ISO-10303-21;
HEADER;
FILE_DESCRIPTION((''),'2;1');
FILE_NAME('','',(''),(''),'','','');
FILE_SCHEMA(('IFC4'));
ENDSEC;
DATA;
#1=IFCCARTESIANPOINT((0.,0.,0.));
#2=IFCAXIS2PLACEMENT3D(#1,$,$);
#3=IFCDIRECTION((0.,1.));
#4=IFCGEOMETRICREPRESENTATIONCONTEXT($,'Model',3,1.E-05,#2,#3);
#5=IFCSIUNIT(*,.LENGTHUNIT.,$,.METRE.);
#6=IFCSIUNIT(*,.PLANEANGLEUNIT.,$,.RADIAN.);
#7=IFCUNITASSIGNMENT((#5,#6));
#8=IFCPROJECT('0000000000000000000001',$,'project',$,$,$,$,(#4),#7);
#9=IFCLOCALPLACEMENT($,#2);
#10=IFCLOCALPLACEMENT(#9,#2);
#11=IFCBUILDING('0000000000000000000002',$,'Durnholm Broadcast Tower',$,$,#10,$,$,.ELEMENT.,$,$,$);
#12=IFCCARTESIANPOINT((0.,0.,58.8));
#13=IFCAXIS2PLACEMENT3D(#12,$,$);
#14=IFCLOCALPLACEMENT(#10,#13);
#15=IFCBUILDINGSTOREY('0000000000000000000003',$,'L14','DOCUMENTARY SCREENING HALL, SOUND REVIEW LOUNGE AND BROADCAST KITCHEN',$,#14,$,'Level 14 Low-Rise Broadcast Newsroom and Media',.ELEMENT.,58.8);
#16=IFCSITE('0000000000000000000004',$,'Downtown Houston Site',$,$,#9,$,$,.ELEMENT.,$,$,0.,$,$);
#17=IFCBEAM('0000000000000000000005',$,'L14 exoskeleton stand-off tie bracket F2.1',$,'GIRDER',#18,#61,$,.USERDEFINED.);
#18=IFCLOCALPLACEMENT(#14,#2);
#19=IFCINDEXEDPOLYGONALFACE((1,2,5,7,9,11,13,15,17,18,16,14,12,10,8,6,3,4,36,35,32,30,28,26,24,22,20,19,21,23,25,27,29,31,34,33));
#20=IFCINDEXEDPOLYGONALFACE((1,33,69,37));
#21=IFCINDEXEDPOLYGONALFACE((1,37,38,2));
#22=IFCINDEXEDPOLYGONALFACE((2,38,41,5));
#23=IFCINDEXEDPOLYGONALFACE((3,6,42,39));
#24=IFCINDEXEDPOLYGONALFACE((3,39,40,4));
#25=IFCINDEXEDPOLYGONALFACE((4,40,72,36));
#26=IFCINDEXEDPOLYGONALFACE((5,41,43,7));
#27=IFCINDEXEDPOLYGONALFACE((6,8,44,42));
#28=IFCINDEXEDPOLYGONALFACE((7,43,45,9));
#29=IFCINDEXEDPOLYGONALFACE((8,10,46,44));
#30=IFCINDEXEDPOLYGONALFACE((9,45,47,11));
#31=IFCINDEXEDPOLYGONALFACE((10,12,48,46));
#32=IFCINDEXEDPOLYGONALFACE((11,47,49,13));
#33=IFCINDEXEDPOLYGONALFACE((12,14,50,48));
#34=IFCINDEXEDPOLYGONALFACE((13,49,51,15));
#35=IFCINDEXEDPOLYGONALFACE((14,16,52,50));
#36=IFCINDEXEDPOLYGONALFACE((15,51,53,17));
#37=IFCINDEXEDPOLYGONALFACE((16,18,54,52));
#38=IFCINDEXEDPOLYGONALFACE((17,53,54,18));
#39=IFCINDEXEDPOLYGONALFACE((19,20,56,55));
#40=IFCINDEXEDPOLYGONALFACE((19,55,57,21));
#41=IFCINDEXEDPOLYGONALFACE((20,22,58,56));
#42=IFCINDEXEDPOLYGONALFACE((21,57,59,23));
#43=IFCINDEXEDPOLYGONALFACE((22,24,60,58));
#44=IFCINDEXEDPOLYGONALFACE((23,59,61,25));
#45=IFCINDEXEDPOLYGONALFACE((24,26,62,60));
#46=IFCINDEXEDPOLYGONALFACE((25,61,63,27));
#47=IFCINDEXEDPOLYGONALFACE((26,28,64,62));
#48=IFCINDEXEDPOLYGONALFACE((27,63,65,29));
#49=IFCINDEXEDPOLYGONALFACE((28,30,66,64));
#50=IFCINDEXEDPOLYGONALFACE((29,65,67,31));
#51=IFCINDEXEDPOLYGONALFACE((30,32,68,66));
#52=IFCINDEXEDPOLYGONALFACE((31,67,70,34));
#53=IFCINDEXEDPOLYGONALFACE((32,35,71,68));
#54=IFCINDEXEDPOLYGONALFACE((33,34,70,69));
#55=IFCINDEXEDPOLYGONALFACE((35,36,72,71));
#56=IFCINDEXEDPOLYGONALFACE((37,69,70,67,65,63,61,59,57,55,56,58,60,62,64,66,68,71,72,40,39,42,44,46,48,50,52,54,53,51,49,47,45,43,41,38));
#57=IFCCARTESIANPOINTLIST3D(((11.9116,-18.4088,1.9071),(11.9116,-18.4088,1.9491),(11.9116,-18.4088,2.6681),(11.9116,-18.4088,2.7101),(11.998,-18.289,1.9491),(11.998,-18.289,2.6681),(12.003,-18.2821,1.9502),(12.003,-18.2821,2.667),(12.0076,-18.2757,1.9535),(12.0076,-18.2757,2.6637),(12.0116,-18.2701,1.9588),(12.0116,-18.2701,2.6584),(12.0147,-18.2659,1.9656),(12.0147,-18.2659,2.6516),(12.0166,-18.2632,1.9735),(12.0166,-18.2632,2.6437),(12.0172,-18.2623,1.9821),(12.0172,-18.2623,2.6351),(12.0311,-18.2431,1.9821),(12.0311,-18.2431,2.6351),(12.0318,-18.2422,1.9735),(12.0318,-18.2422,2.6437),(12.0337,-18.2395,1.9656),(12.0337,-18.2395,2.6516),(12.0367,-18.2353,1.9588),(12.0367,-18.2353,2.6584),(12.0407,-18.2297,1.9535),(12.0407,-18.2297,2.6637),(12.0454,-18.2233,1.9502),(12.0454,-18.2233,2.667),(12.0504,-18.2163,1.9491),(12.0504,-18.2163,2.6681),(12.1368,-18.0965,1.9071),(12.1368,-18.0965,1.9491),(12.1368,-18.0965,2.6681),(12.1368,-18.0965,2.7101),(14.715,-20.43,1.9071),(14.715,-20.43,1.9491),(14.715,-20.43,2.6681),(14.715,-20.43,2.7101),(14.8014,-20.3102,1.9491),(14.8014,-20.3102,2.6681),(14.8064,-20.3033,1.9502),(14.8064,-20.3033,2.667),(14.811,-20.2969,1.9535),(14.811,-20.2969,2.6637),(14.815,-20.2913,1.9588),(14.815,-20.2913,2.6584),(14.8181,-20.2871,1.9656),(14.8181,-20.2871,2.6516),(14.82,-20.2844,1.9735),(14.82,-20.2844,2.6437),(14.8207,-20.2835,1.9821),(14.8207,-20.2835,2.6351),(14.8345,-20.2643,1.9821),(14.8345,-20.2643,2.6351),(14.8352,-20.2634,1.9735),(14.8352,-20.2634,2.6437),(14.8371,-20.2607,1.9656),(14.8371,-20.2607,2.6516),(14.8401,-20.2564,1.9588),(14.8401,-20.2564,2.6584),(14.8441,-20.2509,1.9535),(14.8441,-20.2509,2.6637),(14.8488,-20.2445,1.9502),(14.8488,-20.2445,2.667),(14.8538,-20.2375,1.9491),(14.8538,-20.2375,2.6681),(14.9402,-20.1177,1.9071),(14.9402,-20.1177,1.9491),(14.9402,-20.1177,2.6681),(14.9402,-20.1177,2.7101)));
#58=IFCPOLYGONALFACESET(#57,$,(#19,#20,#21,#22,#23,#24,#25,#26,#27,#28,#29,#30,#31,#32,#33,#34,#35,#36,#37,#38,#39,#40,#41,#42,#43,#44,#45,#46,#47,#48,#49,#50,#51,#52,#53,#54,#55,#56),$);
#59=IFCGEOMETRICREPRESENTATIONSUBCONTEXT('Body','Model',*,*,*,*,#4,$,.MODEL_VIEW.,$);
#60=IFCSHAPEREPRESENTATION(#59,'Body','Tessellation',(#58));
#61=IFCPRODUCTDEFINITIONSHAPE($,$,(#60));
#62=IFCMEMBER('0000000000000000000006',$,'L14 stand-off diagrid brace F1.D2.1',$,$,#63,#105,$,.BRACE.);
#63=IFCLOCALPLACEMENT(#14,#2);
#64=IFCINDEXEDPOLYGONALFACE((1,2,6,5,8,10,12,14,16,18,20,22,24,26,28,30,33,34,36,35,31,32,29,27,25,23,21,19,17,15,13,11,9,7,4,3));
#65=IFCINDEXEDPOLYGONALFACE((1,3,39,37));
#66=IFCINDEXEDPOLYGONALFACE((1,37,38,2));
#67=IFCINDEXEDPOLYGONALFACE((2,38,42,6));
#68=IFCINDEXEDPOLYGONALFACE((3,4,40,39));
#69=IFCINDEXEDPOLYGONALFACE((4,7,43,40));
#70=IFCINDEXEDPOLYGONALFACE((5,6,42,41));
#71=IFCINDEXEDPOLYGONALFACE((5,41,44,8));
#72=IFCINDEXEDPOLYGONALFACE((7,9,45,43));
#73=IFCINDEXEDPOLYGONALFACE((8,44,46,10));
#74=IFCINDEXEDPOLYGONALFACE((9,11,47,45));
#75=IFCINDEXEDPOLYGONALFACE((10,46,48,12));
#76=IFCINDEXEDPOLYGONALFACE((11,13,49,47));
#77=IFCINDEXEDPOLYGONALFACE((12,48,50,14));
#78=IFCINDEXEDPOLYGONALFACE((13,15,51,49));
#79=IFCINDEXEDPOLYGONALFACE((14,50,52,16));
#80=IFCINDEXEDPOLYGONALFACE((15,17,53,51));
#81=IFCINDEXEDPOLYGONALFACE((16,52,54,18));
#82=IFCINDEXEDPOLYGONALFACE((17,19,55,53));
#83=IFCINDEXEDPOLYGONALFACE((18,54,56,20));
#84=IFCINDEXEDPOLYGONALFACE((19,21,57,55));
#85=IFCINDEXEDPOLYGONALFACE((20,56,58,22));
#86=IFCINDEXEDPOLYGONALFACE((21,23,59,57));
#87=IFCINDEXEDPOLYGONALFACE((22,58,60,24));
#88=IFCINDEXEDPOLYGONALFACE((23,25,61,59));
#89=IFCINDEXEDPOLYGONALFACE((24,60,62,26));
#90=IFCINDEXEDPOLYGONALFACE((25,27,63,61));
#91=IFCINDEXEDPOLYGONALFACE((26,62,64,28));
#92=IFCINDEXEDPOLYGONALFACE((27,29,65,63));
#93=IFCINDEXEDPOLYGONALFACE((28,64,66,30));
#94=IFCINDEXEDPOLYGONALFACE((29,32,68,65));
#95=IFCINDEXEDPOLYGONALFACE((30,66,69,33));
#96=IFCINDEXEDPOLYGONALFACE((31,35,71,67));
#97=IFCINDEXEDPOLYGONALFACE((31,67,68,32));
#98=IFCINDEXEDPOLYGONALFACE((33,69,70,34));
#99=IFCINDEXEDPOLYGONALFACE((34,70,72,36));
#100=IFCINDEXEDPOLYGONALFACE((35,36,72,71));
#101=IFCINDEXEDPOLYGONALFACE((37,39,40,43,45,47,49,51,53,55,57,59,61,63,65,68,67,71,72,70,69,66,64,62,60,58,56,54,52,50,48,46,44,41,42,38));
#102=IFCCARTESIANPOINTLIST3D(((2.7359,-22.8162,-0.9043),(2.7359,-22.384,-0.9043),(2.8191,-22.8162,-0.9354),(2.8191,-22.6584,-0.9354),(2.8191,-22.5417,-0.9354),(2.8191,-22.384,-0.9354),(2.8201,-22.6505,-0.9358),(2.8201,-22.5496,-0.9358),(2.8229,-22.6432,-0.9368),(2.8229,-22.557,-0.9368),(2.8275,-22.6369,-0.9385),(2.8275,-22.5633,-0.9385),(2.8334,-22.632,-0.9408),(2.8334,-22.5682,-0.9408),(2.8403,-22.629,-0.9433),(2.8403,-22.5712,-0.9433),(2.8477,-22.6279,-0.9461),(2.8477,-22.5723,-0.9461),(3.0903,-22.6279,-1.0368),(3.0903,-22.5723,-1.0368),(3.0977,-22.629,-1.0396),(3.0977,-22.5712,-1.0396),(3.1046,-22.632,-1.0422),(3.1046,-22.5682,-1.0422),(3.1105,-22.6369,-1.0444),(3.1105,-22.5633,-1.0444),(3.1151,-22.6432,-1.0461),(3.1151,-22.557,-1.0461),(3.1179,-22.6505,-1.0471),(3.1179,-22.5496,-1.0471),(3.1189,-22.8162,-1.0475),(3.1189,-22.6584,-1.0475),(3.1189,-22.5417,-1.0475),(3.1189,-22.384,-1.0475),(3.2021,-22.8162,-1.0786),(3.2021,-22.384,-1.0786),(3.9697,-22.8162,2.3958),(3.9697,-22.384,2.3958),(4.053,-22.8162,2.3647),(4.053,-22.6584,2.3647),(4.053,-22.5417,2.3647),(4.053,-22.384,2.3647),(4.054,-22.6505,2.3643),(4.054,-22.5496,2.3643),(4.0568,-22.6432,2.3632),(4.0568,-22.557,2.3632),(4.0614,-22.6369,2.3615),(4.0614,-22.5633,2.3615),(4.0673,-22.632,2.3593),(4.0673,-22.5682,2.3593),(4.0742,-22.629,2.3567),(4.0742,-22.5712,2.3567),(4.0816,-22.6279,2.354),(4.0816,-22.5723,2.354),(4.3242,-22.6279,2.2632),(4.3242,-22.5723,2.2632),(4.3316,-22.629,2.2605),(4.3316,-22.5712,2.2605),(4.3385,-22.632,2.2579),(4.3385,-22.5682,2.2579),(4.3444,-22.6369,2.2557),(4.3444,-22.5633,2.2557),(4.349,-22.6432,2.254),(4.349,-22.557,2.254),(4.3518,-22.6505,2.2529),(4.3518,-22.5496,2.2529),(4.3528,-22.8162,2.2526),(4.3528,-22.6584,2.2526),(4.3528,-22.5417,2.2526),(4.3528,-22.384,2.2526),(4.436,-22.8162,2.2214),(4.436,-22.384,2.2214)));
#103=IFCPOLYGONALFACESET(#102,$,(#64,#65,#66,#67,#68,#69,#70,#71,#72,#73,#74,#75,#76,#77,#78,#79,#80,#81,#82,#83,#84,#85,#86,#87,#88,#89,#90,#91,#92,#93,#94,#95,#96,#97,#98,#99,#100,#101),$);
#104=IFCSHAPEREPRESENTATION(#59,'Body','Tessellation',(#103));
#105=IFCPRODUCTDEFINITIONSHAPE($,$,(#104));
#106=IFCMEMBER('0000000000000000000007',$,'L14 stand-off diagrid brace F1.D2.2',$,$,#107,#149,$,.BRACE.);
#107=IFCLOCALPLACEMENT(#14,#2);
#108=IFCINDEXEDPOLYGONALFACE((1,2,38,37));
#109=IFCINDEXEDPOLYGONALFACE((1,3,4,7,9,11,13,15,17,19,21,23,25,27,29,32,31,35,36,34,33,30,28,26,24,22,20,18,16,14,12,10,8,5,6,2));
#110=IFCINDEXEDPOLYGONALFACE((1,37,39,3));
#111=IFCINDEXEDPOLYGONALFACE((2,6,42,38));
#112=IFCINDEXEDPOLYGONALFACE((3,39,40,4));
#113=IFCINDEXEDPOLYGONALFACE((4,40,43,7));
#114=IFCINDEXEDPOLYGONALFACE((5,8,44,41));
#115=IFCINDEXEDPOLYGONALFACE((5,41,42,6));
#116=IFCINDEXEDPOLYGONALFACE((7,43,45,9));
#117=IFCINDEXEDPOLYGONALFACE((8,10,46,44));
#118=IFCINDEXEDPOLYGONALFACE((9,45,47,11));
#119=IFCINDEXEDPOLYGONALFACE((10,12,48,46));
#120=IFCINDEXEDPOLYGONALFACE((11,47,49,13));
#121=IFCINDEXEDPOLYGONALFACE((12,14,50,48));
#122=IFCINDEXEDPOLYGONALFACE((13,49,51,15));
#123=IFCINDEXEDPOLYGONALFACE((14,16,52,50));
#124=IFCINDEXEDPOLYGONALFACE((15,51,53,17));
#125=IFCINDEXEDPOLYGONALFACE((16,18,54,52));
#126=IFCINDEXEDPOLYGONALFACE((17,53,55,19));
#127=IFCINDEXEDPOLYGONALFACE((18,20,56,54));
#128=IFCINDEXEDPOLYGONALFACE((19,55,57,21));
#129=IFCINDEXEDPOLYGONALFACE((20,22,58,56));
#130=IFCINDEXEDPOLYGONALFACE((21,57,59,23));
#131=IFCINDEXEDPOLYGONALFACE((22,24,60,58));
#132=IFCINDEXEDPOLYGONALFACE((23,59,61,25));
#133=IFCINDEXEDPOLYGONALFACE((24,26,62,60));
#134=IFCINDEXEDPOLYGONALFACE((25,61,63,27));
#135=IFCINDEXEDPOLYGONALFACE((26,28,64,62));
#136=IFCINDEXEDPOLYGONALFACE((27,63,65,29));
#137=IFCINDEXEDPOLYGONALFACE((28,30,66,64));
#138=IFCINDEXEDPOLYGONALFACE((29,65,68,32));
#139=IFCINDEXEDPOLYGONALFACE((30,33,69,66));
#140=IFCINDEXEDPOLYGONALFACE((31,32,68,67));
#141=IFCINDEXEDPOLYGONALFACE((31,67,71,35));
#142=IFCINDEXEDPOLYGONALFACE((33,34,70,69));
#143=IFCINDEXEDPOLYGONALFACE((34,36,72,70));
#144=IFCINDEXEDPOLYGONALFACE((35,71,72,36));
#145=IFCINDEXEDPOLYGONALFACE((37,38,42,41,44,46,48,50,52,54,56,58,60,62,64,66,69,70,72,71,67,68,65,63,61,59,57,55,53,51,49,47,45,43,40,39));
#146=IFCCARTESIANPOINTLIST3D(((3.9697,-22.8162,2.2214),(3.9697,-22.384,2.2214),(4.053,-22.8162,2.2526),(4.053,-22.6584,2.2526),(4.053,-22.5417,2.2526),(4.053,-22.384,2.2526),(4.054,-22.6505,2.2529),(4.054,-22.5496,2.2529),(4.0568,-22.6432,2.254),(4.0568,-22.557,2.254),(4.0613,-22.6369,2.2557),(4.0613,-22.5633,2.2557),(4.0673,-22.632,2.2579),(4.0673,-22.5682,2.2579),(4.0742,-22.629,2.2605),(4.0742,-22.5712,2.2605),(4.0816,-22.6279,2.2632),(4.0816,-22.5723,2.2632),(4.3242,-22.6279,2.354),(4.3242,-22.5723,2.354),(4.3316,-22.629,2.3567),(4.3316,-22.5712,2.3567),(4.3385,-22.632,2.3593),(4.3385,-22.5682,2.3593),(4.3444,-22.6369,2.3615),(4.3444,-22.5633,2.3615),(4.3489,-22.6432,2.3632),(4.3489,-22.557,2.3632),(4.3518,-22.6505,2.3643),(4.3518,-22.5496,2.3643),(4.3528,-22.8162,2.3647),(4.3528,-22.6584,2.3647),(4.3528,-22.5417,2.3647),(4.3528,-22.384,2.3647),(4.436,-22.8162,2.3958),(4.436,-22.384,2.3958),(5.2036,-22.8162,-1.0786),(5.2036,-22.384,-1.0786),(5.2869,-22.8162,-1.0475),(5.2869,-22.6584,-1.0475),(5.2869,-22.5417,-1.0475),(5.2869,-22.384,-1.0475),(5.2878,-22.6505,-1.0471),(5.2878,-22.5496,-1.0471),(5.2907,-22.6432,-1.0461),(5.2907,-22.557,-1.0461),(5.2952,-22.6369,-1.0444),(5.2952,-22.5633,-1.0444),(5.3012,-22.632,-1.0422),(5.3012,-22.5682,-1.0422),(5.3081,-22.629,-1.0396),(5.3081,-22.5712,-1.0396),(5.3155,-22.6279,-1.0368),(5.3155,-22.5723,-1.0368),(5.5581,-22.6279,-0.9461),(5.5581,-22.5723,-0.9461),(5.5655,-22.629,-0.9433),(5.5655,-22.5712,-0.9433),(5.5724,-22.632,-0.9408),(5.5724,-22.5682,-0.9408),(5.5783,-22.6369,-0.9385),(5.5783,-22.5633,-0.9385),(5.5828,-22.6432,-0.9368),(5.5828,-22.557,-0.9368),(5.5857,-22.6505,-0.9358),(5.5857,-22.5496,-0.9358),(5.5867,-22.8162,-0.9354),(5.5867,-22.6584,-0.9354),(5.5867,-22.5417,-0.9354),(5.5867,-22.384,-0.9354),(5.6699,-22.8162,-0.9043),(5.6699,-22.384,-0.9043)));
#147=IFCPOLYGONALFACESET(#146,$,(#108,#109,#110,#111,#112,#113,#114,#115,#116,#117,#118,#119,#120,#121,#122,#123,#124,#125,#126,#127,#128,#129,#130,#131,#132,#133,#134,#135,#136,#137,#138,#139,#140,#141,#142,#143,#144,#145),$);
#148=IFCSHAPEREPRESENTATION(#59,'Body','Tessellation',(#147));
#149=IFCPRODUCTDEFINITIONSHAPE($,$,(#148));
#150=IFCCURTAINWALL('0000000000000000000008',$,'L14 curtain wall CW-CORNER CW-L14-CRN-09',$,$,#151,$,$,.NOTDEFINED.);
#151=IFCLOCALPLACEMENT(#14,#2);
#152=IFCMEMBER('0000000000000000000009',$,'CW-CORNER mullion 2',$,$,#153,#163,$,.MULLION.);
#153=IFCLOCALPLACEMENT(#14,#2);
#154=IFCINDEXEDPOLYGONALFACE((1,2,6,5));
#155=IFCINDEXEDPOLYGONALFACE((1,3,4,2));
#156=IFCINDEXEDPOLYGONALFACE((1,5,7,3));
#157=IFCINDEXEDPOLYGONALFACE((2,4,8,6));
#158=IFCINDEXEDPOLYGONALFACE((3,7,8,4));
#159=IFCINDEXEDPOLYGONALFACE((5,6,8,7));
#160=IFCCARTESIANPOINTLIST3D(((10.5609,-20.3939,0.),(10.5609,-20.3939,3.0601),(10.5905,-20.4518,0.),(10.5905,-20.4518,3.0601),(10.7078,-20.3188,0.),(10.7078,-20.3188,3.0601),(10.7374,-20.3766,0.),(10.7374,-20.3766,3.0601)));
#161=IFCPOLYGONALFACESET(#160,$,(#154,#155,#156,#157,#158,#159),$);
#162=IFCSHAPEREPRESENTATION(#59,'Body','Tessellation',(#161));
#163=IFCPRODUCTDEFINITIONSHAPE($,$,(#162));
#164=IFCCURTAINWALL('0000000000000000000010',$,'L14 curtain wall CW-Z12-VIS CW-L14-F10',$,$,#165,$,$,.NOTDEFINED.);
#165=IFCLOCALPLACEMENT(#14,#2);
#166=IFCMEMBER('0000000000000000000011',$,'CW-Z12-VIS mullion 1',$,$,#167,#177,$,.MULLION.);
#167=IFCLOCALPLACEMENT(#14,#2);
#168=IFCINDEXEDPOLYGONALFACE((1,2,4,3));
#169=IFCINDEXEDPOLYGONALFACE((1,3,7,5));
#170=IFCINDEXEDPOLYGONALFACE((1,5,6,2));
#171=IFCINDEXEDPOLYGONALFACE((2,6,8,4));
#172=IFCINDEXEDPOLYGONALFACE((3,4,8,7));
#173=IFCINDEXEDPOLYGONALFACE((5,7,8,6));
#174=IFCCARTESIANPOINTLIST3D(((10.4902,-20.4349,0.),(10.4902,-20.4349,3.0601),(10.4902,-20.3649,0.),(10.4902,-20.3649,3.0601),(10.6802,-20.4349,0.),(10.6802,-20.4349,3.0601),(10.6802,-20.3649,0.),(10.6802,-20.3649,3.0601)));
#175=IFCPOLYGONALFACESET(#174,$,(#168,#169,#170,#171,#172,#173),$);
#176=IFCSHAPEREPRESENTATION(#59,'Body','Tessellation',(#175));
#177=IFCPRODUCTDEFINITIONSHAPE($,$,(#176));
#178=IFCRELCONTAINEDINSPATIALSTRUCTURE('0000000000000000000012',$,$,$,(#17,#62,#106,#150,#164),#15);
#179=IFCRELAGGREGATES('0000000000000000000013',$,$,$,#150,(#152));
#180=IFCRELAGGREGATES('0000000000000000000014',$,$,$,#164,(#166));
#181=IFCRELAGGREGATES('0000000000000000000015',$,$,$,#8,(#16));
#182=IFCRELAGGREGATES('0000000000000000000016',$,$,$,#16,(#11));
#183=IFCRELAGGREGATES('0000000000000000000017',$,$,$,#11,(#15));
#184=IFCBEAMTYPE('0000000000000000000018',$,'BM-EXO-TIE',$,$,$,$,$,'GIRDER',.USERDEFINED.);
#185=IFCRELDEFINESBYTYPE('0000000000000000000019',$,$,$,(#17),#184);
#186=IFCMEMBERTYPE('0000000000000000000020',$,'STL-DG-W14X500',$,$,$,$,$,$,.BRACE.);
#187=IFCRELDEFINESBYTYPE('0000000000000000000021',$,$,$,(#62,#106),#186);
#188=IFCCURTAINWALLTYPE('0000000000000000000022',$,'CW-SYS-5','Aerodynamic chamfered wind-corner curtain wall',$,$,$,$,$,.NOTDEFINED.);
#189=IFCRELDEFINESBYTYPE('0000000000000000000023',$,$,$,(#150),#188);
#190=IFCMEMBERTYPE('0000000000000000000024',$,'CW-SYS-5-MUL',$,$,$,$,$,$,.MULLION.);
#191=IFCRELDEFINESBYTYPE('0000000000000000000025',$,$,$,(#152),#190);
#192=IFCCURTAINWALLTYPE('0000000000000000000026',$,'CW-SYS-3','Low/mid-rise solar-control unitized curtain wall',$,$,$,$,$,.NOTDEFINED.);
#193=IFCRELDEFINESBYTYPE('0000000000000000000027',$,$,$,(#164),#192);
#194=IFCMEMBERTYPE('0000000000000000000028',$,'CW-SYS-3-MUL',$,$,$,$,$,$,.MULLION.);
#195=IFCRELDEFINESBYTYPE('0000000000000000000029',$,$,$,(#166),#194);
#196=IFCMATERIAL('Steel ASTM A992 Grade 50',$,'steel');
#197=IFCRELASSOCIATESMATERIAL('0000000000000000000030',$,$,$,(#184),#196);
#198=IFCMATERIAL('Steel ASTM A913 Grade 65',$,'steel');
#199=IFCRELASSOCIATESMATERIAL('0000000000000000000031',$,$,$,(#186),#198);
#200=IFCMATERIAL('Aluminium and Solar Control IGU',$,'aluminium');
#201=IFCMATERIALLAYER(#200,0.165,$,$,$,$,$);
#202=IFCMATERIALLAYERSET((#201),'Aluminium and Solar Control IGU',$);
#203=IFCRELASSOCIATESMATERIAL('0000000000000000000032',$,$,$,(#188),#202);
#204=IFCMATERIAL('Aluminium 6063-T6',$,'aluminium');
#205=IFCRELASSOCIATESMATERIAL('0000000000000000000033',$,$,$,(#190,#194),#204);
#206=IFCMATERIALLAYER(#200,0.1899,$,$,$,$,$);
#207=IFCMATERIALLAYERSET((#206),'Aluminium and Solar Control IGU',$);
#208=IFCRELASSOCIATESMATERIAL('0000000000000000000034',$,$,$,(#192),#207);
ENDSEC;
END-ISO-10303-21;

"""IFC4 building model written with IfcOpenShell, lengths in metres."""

from ifc_helpers import new_model, si_unit, direction, frame, origin, origin_2d, place, context, subcontext, project, spatial, rectangle, i_section, extrude, source, transform, mapped, material, layer, layer_set, material_profile, profile_set, type_object, type_shapes, element, aggregate, save


model = new_model("IFC4")

# Units and contexts
model_context = context("Model", 3, precision=1e-05, world=origin(), true_north=direction((0.0, 1.0)))
body_context = subcontext(model_context, "Body", "Model", "MODEL_VIEW")
ifc_project = project(units=[si_unit("LENGTHUNIT", "METRE"), si_unit("PLANEANGLEUNIT", "RADIAN")], contexts=[model_context])

# Site, building, storey
site_placement = place(None, origin())
site = spatial("IfcSite", under=ifc_project, at=site_placement, Name="Downtown Houston Site", CompositionType="ELEMENT", RefElevation=0.0)
building_placement = place(site_placement, origin())
building = spatial("IfcBuilding", under=site, at=building_placement, Name="Durnholm Broadcast Tower", CompositionType="ELEMENT")
storey_placement = place(building_placement, frame((0.0, 0.0, 58.8)))
storey = spatial("IfcBuildingStorey", under=building, at=storey_placement, Name="L14", Description="DOCUMENTARY SCREENING HALL, SOUND REVIEW LOUNGE AND BROADCAST KITCHEN", LongName="Level 14 Low-Rise Broadcast Newsroom and Media", CompositionType="ELEMENT", Elevation=58.8)

# Beam
ifc_material_1 = material(Name="Steel ASTM A992 Grade 50", Category="steel")
ifc_material_profile_1 = material_profile(ifc_material_1, i_section(OverallWidth=0.385, OverallDepth=0.803, WebThickness=0.0237, FlangeThickness=0.042, FilletRadius=0.033, at=origin_2d()), Name="W30X261")
ifc_profile_set_1 = profile_set([ifc_material_profile_1], Name="Steel ASTM A992 Grade 50")
beam_type_1 = type_object("IfcBeamType", Name="BM-EXO-TIE", ElementType="GIRDER", PredefinedType="USERDEFINED", material=ifc_profile_set_1)
shared_shape_1 = source(origin(), body_context, "Body", "SweptSolid", [
    extrude(i_section(OverallWidth=0.385, OverallDepth=0.803, WebThickness=0.0237, FlangeThickness=0.042, FilletRadius=0.033, at=origin_2d()), origin(), (0.0, 0.0, 1.0), 3.4561),
])
type_shapes(beam_type_1, [shared_shape_1])
for number, where, z_axis, x_axis, name in (
    (1, (12.0242, -18.2527, 2.3086), (0.811158, -0.584828, 0.0), (0.584828, 0.811158, 0.0), "L14 exoskeleton stand-off tie bracket F2.1"),
):
    element("IfcBeam", number, at=place(storey_placement, frame(where, z_axis=z_axis, x_axis=x_axis)), inside=storey, type_object=beam_type_1, Name=name, ObjectType="GIRDER", PredefinedType="USERDEFINED", context=body_context, shape_type="MappedRepresentation", body=[
        mapped(shared_shape_1, transform((0.0, 0.0, 0.0), x_axis=(1.0, 0.0, 0.0), y_axis=(0.0, 1.0, 0.0), z_axis=(0.0, 0.0, 1.0), scale=1.0)),
    ])

# Members
ifc_material_2 = material(Name="Steel ASTM A913 Grade 65", Category="steel")
ifc_material_profile_2 = material_profile(ifc_material_2, i_section(OverallWidth=0.4321, OverallDepth=0.4978, WebThickness=0.0557, FlangeThickness=0.0889, FilletRadius=0.0305, at=origin_2d()), Name="W14X500")
ifc_profile_set_2 = profile_set([ifc_material_profile_2], Name="Steel ASTM A913 Grade 65")
member_type_1 = type_object("IfcMemberType", Name="STL-DG-W14X500", PredefinedType="BRACE", material=ifc_profile_set_2)
shared_shape_2 = source(origin(), body_context, "Body", "SweptSolid", [
    extrude(i_section(OverallWidth=0.4321, OverallDepth=0.4978, WebThickness=0.0557, FlangeThickness=0.0889, FilletRadius=0.0305, at=origin_2d()), origin(), (0.0, 0.0, 1.0), 3.5232),
])
type_shapes(member_type_1, [shared_shape_2])
for number, where, z_axis, x_axis, name in (
    (2, (2.969, -22.6001, -0.9915), (0.35022, 0.0, 0.936668), (0.0, 1.0, 0.0), "L14 stand-off diagrid brace F1.D2.1"),
    (3, (5.4368, -22.6001, -0.9915), (-0.35022, 0.0, 0.936668), (0.0, -1.0, 0.0), "L14 stand-off diagrid brace F1.D2.2"),
):
    element("IfcMember", number, at=place(storey_placement, frame(where, z_axis=z_axis, x_axis=x_axis)), inside=storey, type_object=member_type_1, Name=name, PredefinedType="BRACE", context=body_context, shape_type="MappedRepresentation", body=[
        mapped(shared_shape_2, transform((0.0, 0.0, 0.0), x_axis=(1.0, 0.0, 0.0), y_axis=(0.0, 1.0, 0.0), z_axis=(0.0, 0.0, 1.0), scale=1.0)),
    ])

# Curtain wall, member
ifc_material_3 = material(Name="Aluminium and Solar Control IGU", Category="aluminium")
ifc_layer_1 = layer(ifc_material_3, 0.165)
ifc_layer_set_1 = layer_set([ifc_layer_1], Name="Aluminium and Solar Control IGU")
curtain_wall_type_1 = type_object("IfcCurtainWallType", Name="CW-SYS-5", Description="Aerodynamic chamfered wind-corner curtain wall", PredefinedType="NOTDEFINED", material=ifc_layer_set_1)
curtain_wall_1_placement = place(storey_placement, origin())
curtain_wall_1 = element("IfcCurtainWall", 4, at=curtain_wall_1_placement, inside=storey, type_object=curtain_wall_type_1, Name="L14 curtain wall CW-CORNER CW-L14-CRN-09", PredefinedType="NOTDEFINED")
ifc_material_4 = material(Name="Aluminium 6063-T6", Category="aluminium")
ifc_material_profile_3 = material_profile(ifc_material_4, rectangle(XDim=0.0649, YDim=0.165, at=origin_2d()), Name="CWM65X165")
ifc_profile_set_3 = profile_set([ifc_material_profile_3], Name="Aluminium 6063-T6")
member_type_2 = type_object("IfcMemberType", Name="CW-SYS-5-MUL", PredefinedType="MULLION", material=ifc_profile_set_3)
shared_shape_3 = source(origin(), body_context, "Body", "SweptSolid", [
    extrude(rectangle(XDim=0.0649, YDim=0.165, at=origin_2d()), origin(), (0.0, 0.0, 1.0), 3.0601),
])
type_shapes(member_type_2, [shared_shape_3])
member_1_placement = place(storey_placement, frame((10.6492, -20.3853, 0.0), z_axis=(0.0, 0.0, 1.0), x_axis=(0.455594, -0.890188, 0.0)))
member_1 = element("IfcMember", 5, at=member_1_placement, type_object=member_type_2, Name="CW-CORNER mullion 2", PredefinedType="MULLION", context=body_context, shape_type="MappedRepresentation", body=[
    mapped(shared_shape_3, transform((0.0, 0.0, 0.0), x_axis=(1.0, 0.0, 0.0), y_axis=(0.0, 1.0, 0.0), z_axis=(0.0, 0.0, 1.0), scale=1.0)),
])

# Curtain wall, member
ifc_layer_2 = layer(ifc_material_3, 0.1899)
ifc_layer_set_2 = layer_set([ifc_layer_2], Name="Aluminium and Solar Control IGU")
curtain_wall_type_2 = type_object("IfcCurtainWallType", Name="CW-SYS-3", Description="Low/mid-rise solar-control unitized curtain wall", PredefinedType="NOTDEFINED", material=ifc_layer_set_2)
curtain_wall_2_placement = place(storey_placement, origin())
curtain_wall_2 = element("IfcCurtainWall", 6, at=curtain_wall_2_placement, inside=storey, type_object=curtain_wall_type_2, Name="L14 curtain wall CW-Z12-VIS CW-L14-F10", PredefinedType="NOTDEFINED")
ifc_material_profile_4 = material_profile(ifc_material_4, rectangle(XDim=0.0701, YDim=0.1899, at=origin_2d()), Name="CWM70X190")
ifc_profile_set_4 = profile_set([ifc_material_profile_4], Name="Aluminium 6063-T6")
member_type_3 = type_object("IfcMemberType", Name="CW-SYS-3-MUL", PredefinedType="MULLION", material=ifc_profile_set_4)
shared_shape_4 = source(origin(), body_context, "Body", "SweptSolid", [
    extrude(rectangle(XDim=0.0701, YDim=0.1899, at=origin_2d()), origin(), (0.0, 0.0, 1.0), 3.0601),
])
type_shapes(member_type_3, [shared_shape_4])
member_2_placement = place(storey_placement, frame((10.5852, -20.3999, 0.0), z_axis=(0.0, 0.0, 1.0), x_axis=(0.0, -1.0, 0.0)))
member_2 = element("IfcMember", 7, at=member_2_placement, type_object=member_type_3, Name="CW-Z12-VIS mullion 1", PredefinedType="MULLION", context=body_context, shape_type="MappedRepresentation", body=[
    mapped(shared_shape_4, transform((0.0, 0.0, 0.0), x_axis=(1.0, 0.0, 0.0), y_axis=(0.0, 1.0, 0.0), z_axis=(0.0, 0.0, 1.0), scale=1.0)),
])

aggregate(curtain_wall_1, [member_1])
aggregate(curtain_wall_2, [member_2])

save(model, "model.ifc")
